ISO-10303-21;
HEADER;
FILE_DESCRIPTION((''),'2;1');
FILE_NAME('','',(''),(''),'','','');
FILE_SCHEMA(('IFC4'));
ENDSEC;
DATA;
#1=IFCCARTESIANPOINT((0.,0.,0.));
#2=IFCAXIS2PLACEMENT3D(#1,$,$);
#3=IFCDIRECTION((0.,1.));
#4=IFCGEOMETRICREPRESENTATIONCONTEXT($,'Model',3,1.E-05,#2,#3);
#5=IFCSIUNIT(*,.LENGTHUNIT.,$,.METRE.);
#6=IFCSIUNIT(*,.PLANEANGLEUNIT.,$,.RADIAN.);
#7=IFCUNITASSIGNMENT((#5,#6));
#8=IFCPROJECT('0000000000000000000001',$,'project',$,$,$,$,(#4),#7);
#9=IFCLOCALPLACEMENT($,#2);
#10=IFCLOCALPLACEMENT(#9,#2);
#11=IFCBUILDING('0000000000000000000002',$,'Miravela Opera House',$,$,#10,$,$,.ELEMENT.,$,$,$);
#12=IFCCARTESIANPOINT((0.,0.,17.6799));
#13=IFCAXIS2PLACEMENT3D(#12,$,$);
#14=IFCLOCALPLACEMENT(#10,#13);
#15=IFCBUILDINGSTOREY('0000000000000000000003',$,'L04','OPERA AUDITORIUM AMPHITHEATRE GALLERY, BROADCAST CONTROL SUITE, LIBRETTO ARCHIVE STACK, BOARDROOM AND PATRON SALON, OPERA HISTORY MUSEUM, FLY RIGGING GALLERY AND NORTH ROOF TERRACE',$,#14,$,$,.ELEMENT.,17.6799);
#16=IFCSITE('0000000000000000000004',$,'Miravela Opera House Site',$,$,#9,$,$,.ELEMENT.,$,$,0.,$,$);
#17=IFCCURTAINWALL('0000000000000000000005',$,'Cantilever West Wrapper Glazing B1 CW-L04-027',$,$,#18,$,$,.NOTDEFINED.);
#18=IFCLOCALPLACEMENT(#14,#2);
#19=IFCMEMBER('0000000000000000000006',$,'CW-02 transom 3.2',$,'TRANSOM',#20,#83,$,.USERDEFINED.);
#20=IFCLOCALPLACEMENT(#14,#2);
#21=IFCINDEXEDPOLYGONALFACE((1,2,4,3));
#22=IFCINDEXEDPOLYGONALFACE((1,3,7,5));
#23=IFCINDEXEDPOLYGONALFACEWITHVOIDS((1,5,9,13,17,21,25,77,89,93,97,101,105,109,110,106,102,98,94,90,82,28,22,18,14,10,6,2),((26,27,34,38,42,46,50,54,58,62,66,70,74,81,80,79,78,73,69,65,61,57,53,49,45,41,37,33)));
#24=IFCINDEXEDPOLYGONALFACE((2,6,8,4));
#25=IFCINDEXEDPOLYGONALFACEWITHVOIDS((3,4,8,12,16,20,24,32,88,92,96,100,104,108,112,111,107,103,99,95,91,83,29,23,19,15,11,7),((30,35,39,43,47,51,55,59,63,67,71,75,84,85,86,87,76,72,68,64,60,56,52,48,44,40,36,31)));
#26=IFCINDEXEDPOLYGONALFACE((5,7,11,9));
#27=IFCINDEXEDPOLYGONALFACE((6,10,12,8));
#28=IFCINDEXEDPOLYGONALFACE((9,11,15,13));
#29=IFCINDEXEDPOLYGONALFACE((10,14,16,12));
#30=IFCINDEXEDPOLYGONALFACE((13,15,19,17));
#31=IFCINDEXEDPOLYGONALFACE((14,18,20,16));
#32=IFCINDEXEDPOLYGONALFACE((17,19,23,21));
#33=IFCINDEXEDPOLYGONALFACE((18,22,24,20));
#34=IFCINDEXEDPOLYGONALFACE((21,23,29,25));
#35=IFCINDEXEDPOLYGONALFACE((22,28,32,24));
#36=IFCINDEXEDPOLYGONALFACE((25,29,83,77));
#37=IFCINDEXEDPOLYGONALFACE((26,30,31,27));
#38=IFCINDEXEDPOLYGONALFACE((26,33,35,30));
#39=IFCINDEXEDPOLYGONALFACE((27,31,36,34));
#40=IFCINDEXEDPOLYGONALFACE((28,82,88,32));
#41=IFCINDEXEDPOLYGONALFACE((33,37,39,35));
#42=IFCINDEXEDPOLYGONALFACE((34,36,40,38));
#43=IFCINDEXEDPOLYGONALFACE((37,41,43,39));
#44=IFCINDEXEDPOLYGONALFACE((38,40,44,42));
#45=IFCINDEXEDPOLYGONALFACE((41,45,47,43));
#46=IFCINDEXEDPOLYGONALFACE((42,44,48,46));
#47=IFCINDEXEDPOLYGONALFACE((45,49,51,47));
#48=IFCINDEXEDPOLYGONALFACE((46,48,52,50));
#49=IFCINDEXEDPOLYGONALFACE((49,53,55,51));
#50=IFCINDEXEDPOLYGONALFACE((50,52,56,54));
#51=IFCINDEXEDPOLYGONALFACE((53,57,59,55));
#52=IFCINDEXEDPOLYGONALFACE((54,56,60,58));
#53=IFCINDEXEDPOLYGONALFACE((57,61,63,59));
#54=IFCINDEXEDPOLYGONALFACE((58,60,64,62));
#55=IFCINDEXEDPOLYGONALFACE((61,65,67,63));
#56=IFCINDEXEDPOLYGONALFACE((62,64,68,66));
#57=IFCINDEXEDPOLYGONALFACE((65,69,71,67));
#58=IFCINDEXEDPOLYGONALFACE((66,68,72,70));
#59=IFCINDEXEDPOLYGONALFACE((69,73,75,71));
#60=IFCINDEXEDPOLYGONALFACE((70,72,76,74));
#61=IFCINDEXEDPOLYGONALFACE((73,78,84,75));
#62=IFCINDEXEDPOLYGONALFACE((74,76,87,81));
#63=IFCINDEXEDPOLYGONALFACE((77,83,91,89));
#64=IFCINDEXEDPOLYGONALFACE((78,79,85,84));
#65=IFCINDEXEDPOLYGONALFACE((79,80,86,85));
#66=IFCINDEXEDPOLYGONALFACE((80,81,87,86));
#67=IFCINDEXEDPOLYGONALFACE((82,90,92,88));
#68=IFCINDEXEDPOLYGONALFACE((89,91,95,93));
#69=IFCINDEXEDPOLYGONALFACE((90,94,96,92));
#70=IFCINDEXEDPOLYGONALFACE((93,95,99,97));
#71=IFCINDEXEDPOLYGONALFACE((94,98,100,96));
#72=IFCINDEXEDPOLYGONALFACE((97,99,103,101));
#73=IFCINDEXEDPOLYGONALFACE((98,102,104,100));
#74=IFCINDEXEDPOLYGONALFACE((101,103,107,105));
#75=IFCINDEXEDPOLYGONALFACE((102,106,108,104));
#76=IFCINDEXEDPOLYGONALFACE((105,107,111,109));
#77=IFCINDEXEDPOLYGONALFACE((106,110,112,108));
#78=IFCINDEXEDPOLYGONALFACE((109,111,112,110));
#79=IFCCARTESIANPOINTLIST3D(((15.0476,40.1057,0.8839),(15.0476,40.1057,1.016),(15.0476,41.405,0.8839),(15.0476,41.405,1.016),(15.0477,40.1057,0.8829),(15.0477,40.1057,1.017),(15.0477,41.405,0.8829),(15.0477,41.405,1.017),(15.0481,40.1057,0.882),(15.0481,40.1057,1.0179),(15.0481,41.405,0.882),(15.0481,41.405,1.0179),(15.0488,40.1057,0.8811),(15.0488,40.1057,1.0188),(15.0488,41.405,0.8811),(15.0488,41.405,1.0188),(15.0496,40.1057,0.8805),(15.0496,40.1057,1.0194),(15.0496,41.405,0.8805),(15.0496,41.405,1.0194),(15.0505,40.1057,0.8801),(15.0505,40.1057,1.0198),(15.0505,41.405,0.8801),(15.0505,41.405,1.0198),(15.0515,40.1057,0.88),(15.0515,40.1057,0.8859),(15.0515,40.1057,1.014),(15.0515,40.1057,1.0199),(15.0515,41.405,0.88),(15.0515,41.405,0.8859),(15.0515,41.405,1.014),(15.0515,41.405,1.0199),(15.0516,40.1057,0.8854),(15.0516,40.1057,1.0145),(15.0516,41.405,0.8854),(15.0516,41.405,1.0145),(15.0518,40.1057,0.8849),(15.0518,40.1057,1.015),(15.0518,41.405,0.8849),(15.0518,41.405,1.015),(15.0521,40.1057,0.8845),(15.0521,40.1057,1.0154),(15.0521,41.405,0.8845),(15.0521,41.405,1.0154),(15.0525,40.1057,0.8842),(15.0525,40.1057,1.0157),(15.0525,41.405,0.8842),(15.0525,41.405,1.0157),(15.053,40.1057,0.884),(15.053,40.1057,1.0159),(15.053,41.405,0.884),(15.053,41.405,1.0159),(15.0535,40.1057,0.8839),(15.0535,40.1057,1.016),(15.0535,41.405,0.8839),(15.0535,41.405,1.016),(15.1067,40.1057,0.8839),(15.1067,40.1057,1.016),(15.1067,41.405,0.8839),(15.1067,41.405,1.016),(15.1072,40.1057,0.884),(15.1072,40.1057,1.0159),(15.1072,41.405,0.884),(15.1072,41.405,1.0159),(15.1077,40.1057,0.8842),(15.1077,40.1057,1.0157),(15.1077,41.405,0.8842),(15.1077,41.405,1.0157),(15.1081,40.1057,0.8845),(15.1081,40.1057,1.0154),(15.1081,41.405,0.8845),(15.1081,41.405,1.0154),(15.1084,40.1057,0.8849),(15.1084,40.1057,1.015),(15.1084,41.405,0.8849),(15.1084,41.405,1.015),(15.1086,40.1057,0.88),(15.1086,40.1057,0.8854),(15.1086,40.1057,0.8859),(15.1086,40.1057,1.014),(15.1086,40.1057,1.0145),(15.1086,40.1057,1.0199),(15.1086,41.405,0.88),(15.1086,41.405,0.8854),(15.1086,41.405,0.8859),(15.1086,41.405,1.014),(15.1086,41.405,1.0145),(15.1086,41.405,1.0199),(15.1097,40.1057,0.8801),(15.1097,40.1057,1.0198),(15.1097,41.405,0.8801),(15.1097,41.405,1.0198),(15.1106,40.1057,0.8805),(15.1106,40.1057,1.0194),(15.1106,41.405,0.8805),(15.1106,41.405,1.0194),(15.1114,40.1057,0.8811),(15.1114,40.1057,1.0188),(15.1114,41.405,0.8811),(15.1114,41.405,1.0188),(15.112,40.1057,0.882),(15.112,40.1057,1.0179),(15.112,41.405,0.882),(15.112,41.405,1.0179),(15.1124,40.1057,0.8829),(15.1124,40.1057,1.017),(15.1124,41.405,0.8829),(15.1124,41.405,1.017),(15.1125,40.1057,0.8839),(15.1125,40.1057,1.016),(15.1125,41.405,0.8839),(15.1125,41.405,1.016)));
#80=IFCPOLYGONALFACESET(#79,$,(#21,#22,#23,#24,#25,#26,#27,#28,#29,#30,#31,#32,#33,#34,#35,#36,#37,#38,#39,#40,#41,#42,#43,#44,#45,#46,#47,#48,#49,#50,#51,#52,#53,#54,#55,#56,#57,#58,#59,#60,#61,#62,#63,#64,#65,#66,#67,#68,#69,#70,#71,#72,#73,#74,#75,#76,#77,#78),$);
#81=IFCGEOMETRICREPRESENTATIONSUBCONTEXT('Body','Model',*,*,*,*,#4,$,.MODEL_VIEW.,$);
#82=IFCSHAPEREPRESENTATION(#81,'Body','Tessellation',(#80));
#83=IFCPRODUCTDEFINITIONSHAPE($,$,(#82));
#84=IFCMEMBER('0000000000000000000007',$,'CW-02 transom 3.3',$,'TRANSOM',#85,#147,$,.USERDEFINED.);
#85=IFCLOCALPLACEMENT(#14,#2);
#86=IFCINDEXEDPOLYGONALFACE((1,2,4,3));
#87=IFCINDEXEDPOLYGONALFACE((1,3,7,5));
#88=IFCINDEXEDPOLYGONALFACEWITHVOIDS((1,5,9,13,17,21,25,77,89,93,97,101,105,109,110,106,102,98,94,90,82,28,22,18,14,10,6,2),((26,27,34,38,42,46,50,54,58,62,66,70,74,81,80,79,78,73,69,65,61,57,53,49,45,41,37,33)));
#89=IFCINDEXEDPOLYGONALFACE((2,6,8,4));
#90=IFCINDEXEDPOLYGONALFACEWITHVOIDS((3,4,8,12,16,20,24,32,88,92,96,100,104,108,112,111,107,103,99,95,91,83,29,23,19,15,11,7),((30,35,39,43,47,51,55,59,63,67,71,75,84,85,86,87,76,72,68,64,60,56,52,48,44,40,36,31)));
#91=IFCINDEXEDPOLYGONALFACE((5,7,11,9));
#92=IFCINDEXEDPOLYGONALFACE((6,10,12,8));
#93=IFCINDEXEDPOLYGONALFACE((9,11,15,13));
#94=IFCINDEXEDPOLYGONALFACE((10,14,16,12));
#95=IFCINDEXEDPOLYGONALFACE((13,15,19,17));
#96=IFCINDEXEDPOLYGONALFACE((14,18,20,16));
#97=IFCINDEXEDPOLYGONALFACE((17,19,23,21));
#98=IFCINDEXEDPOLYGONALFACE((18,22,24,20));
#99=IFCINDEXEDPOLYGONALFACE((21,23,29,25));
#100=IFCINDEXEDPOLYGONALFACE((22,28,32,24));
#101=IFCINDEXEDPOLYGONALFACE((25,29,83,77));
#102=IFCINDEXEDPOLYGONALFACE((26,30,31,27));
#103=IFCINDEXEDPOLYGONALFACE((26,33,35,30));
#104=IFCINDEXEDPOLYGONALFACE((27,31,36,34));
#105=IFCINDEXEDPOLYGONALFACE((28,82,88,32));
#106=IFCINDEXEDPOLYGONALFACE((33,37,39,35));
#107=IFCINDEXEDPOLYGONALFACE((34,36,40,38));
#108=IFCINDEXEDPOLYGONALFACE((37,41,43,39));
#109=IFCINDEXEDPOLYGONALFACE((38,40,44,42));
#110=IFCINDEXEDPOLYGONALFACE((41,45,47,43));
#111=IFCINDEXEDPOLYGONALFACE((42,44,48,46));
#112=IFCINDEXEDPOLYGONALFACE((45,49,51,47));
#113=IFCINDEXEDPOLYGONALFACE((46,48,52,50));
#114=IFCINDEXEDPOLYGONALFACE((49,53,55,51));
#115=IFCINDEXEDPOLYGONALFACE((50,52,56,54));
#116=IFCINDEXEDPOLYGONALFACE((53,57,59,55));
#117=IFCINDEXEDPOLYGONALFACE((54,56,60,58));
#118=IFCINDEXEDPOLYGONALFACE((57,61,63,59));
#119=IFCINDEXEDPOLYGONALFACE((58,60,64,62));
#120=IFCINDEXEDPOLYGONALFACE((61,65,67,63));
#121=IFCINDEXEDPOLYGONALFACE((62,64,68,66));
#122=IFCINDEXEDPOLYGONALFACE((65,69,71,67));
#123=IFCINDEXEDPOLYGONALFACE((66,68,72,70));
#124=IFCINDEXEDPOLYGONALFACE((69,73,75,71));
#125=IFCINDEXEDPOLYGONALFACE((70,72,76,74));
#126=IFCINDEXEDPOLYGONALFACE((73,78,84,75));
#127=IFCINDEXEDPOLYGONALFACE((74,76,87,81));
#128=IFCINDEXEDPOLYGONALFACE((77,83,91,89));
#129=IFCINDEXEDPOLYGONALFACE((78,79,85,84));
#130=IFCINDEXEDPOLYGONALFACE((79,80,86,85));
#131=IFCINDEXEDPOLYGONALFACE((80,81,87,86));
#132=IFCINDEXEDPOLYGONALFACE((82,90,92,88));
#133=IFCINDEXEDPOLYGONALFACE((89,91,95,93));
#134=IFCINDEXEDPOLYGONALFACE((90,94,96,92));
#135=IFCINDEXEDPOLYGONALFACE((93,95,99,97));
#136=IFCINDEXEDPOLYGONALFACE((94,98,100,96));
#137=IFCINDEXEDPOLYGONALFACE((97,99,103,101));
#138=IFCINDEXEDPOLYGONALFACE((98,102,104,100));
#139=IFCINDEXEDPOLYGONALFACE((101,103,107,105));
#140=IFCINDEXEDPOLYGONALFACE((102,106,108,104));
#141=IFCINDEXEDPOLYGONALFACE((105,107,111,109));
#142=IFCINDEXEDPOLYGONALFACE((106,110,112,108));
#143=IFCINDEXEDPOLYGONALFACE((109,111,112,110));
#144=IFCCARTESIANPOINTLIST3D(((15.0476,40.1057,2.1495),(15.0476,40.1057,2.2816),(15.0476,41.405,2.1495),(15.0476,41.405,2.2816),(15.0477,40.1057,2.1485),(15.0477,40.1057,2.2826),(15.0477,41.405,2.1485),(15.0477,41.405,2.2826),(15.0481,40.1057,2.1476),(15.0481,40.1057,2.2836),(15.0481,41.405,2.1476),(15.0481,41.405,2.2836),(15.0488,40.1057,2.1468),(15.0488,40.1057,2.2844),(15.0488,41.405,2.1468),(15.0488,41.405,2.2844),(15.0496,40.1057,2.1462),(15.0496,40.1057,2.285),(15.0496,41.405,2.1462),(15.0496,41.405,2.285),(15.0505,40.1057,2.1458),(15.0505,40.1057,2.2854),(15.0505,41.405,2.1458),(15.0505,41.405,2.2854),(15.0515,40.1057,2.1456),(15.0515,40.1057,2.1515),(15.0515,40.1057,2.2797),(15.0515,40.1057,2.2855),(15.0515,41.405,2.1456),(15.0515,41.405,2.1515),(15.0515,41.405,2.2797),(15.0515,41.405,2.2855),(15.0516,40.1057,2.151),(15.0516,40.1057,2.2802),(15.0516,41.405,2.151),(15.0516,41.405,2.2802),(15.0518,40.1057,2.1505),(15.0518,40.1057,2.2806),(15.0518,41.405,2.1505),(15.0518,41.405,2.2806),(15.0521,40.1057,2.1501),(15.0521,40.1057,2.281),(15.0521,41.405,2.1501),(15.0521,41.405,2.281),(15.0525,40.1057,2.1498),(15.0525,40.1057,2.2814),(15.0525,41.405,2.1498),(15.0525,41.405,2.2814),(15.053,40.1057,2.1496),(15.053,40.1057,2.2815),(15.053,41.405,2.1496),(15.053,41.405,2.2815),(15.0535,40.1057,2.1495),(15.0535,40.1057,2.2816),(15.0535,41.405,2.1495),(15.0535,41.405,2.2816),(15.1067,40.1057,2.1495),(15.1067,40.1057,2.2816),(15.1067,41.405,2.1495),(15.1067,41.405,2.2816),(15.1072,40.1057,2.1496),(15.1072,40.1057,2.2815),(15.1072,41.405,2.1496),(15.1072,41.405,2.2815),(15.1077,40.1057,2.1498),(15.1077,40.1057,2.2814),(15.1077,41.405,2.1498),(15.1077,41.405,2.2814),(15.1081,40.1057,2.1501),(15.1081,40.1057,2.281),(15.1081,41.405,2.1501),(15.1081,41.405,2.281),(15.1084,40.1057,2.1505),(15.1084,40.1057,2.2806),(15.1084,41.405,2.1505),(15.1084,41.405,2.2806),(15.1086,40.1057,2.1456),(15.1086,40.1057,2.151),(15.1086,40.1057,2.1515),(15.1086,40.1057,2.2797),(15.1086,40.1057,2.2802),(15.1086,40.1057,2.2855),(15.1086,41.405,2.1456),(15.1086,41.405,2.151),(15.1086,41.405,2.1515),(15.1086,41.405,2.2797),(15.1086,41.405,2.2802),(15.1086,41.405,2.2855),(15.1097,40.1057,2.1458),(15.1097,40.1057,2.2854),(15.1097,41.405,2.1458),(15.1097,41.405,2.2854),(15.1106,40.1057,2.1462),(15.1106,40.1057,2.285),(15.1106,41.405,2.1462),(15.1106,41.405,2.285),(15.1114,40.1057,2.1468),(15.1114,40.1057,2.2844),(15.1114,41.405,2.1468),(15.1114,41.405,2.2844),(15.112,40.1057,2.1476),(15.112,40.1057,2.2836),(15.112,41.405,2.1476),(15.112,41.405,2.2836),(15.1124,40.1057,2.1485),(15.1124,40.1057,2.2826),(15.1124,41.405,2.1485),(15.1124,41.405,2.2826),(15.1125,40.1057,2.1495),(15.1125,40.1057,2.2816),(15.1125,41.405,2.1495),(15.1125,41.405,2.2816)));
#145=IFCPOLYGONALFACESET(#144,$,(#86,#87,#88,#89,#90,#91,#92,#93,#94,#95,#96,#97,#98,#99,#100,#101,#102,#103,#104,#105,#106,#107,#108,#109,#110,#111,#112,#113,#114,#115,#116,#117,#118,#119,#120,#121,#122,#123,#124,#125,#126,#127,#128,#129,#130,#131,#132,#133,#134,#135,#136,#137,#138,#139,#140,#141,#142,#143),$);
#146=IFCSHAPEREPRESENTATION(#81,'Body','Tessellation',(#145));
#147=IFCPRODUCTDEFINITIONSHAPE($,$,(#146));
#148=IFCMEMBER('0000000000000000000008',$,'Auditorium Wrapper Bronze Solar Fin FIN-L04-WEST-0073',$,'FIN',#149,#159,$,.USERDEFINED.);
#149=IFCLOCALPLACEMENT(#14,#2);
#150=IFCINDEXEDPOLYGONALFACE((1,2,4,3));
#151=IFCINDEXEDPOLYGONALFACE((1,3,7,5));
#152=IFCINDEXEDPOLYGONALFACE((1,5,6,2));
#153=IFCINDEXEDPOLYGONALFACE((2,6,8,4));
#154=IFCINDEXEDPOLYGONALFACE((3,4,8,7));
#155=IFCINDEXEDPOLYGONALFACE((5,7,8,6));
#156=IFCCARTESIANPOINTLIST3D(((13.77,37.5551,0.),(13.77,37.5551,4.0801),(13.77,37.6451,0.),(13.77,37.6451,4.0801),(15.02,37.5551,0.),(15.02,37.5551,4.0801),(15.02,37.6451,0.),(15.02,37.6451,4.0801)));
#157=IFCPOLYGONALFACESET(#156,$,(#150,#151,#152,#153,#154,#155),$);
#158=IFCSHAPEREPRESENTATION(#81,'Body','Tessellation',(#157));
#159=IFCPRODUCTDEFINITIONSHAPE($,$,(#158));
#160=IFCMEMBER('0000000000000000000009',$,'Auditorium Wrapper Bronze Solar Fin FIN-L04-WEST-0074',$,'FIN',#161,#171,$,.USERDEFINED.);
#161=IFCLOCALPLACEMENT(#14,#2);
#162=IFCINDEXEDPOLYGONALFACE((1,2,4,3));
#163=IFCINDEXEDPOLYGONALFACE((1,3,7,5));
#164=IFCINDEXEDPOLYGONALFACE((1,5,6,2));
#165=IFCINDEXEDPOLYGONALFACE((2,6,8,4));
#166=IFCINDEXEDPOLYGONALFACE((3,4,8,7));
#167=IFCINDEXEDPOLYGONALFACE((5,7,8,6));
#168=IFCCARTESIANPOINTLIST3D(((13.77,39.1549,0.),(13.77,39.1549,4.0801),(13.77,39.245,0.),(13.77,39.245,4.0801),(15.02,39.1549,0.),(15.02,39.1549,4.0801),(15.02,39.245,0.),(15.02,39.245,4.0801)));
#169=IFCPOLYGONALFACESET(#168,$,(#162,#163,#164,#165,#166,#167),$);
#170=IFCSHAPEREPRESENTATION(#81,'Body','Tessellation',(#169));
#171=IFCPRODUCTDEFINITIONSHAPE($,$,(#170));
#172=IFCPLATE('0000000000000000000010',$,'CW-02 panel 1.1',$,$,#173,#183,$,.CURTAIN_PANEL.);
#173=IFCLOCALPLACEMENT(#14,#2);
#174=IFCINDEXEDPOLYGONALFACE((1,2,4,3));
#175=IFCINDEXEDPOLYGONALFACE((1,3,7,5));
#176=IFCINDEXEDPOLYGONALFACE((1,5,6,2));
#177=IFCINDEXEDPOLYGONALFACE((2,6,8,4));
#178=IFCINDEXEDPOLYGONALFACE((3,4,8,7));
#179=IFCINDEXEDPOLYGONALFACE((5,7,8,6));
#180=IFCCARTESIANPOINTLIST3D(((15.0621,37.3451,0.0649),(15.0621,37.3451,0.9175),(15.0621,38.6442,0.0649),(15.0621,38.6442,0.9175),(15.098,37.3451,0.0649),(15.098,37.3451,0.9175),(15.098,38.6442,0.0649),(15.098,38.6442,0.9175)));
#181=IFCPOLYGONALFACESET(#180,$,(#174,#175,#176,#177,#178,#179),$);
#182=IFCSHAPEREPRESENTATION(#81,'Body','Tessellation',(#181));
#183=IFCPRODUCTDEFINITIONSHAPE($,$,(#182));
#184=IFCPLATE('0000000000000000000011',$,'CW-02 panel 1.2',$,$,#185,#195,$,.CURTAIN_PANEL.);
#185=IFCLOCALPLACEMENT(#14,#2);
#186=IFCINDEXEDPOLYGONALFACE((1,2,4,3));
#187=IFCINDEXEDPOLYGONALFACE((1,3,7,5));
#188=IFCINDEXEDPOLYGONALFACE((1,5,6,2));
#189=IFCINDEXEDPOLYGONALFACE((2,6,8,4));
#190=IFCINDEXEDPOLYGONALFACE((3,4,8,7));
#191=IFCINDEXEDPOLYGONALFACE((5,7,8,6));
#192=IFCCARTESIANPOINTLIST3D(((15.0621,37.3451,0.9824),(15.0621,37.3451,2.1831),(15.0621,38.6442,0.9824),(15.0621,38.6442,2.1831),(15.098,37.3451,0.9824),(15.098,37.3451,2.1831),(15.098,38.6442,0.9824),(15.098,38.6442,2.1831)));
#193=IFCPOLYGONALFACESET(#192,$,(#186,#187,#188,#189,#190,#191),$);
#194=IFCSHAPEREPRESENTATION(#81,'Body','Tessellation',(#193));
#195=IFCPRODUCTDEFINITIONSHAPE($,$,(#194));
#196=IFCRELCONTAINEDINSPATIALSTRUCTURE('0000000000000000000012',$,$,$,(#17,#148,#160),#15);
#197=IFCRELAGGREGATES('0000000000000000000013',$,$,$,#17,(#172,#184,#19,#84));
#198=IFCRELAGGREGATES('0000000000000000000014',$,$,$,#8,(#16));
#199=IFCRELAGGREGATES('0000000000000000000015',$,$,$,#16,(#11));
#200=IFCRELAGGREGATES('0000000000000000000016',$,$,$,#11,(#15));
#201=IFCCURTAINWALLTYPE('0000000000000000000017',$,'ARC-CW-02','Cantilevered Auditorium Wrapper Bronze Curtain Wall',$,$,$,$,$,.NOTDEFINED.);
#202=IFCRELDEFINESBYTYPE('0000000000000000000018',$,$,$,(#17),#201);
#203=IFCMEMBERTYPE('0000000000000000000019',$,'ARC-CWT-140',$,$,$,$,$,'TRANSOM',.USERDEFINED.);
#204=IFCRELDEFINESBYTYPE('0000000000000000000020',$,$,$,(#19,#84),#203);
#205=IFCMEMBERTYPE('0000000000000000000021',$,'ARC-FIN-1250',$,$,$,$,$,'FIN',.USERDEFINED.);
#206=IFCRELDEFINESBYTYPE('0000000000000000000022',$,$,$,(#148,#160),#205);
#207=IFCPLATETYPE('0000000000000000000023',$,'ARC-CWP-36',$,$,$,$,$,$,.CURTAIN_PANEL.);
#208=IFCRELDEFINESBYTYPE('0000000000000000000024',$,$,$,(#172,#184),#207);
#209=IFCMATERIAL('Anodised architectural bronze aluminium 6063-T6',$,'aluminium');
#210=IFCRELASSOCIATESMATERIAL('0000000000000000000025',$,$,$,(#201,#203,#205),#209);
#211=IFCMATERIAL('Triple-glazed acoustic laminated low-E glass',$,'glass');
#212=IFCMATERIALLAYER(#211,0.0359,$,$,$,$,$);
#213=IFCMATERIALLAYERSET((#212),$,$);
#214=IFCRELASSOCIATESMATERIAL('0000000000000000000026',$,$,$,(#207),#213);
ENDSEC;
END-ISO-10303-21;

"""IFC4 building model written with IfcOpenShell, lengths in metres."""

from ifc_helpers import new_model, si_unit, direction, frame, origin, origin_2d, place, context, subcontext, project, spatial, rectangle, hollow_rectangle, extrude, material, layer, layer_set, material_profile, profile_set, type_object, element, aggregate, save


model = new_model("IFC4")

# Units and contexts
model_context = context("Model", 3, precision=1e-05, world=origin(), true_north=direction((0.0, 1.0)))
body_context = subcontext(model_context, "Body", "Model", "MODEL_VIEW")
ifc_project = project(units=[si_unit("LENGTHUNIT", "METRE"), si_unit("PLANEANGLEUNIT", "RADIAN")], contexts=[model_context])

# Site, building, storey
site_placement = place(None, origin())
site = spatial("IfcSite", under=ifc_project, at=site_placement, Name="Miravela Opera House Site", CompositionType="ELEMENT", RefElevation=0.0)
building_placement = place(site_placement, origin())
building = spatial("IfcBuilding", under=site, at=building_placement, Name="Miravela Opera House", CompositionType="ELEMENT")
storey_placement = place(building_placement, frame((0.0, 0.0, 17.6799)))
storey = spatial("IfcBuildingStorey", under=building, at=storey_placement, Name="L04", Description="OPERA AUDITORIUM AMPHITHEATRE GALLERY, BROADCAST CONTROL SUITE, LIBRETTO ARCHIVE STACK, BOARDROOM AND PATRON SALON, OPERA HISTORY MUSEUM, FLY RIGGING GALLERY AND NORTH ROOF TERRACE", CompositionType="ELEMENT", Elevation=17.6799)

# Curtain wall, members
ifc_material_1 = material(Name="Anodised architectural bronze aluminium 6063-T6", Category="aluminium")
curtain_wall_type = type_object("IfcCurtainWallType", Name="ARC-CW-02", Description="Cantilevered Auditorium Wrapper Bronze Curtain Wall", PredefinedType="NOTDEFINED", material=ifc_material_1)
curtain_wall_placement = place(storey_placement, origin())
curtain_wall = element("IfcCurtainWall", 1, at=curtain_wall_placement, inside=storey, type_object=curtain_wall_type, Name="Cantilever West Wrapper Glazing B1 CW-L04-027", PredefinedType="NOTDEFINED")
ifc_material_profile_1 = material_profile(ifc_material_1, hollow_rectangle(XDim=0.0649, YDim=0.1399, WallThickness=0.0039, InnerFilletRadius=0.002, OuterFilletRadius=0.0039, at=origin_2d()), Name="CWT-65X140")
ifc_profile_set_1 = profile_set([ifc_material_profile_1])
member_type_1 = type_object("IfcMemberType", Name="ARC-CWT-140", ElementType="TRANSOM", PredefinedType="USERDEFINED", material=ifc_profile_set_1)
member_1_placement = place(storey_placement, frame((15.0801, 40.1057, 0.95), z_axis=(0.0, 1.0, 0.0), x_axis=(-1.0, 0.0, 0.0)))
member_1 = element("IfcMember", 2, at=member_1_placement, type_object=member_type_1, Name="CW-02 transom 3.2", ObjectType="TRANSOM", PredefinedType="USERDEFINED", context=body_context, shape_type="SweptSolid", body=[
    extrude(hollow_rectangle(XDim=0.0649, YDim=0.1399, WallThickness=0.0039, InnerFilletRadius=0.002, OuterFilletRadius=0.0039, at=origin_2d()), origin(), (0.0, 0.0, 1.0), 1.2993),
])
member_2_placement = place(storey_placement, frame((15.0801, 40.1057, 2.2156), z_axis=(0.0, 1.0, 0.0), x_axis=(-1.0, 0.0, 0.0)))
member_2 = element("IfcMember", 3, at=member_2_placement, type_object=member_type_1, Name="CW-02 transom 3.3", ObjectType="TRANSOM", PredefinedType="USERDEFINED", context=body_context, shape_type="SweptSolid", body=[
    extrude(hollow_rectangle(XDim=0.0649, YDim=0.1399, WallThickness=0.0039, InnerFilletRadius=0.002, OuterFilletRadius=0.0039, at=origin_2d()), origin(), (0.0, 0.0, 1.0), 1.2993),
])

# Members
ifc_material_profile_2 = material_profile(ifc_material_1, rectangle(XDim=0.0901, YDim=1.25, at=origin_2d()), Name="FIN-1250X90")
ifc_profile_set_2 = profile_set([ifc_material_profile_2])
member_type_2 = type_object("IfcMemberType", Name="ARC-FIN-1250", ElementType="FIN", PredefinedType="USERDEFINED", material=ifc_profile_set_2)
for number, where, z_axis, x_axis, name in (
    (4, (14.395, 37.6001, 0.0), (0.0, 0.0, 1.0), (0.0, 1.0, 0.0), "Auditorium Wrapper Bronze Solar Fin FIN-L04-WEST-0073"),
    (5, (14.395, 39.2, 0.0), (0.0, 0.0, 1.0), (0.0, 1.0, 0.0), "Auditorium Wrapper Bronze Solar Fin FIN-L04-WEST-0074"),
):
    element("IfcMember", number, at=place(storey_placement, frame(where, z_axis=z_axis, x_axis=x_axis)), inside=storey, type_object=member_type_2, Name=name, ObjectType="FIN", PredefinedType="USERDEFINED", context=body_context, shape_type="SweptSolid", body=[
        extrude(rectangle(XDim=0.0901, YDim=1.25, at=origin_2d()), origin(), (0.0, 0.0, 1.0), 4.0801),
    ])

# Plates
ifc_material_2 = material(Name="Triple-glazed acoustic laminated low-E glass", Category="glass")
ifc_layer = layer(ifc_material_2, 0.0359)
ifc_layer_set = layer_set([ifc_layer])
plate_type = type_object("IfcPlateType", Name="ARC-CWP-36", PredefinedType="CURTAIN_PANEL", material=ifc_layer_set)
plate_1_placement = place(storey_placement, frame((15.0801, 37.9946, 0.0649), z_axis=(0.0, 0.0, 1.0), x_axis=(0.0, 1.0, 0.0)))
plate_1 = element("IfcPlate", 6, at=plate_1_placement, type_object=plate_type, Name="CW-02 panel 1.1", PredefinedType="CURTAIN_PANEL", context=body_context, shape_type="SweptSolid", body=[
    extrude(rectangle(XDim=1.2991, YDim=0.0359, at=origin_2d()), origin(), (0.0, 0.0, 1.0), 0.8525),
])
plate_2_placement = place(storey_placement, frame((15.0801, 37.9946, 0.9824), z_axis=(0.0, 0.0, 1.0), x_axis=(0.0, 1.0, 0.0)))
plate_2 = element("IfcPlate", 7, at=plate_2_placement, type_object=plate_type, Name="CW-02 panel 1.2", PredefinedType="CURTAIN_PANEL", context=body_context, shape_type="SweptSolid", body=[
    extrude(rectangle(XDim=1.2991, YDim=0.0359, at=origin_2d()), origin(), (0.0, 0.0, 1.0), 1.2007),
])
aggregate(curtain_wall, [plate_1, plate_2, member_1, member_2])

save(model, "model.ifc")
